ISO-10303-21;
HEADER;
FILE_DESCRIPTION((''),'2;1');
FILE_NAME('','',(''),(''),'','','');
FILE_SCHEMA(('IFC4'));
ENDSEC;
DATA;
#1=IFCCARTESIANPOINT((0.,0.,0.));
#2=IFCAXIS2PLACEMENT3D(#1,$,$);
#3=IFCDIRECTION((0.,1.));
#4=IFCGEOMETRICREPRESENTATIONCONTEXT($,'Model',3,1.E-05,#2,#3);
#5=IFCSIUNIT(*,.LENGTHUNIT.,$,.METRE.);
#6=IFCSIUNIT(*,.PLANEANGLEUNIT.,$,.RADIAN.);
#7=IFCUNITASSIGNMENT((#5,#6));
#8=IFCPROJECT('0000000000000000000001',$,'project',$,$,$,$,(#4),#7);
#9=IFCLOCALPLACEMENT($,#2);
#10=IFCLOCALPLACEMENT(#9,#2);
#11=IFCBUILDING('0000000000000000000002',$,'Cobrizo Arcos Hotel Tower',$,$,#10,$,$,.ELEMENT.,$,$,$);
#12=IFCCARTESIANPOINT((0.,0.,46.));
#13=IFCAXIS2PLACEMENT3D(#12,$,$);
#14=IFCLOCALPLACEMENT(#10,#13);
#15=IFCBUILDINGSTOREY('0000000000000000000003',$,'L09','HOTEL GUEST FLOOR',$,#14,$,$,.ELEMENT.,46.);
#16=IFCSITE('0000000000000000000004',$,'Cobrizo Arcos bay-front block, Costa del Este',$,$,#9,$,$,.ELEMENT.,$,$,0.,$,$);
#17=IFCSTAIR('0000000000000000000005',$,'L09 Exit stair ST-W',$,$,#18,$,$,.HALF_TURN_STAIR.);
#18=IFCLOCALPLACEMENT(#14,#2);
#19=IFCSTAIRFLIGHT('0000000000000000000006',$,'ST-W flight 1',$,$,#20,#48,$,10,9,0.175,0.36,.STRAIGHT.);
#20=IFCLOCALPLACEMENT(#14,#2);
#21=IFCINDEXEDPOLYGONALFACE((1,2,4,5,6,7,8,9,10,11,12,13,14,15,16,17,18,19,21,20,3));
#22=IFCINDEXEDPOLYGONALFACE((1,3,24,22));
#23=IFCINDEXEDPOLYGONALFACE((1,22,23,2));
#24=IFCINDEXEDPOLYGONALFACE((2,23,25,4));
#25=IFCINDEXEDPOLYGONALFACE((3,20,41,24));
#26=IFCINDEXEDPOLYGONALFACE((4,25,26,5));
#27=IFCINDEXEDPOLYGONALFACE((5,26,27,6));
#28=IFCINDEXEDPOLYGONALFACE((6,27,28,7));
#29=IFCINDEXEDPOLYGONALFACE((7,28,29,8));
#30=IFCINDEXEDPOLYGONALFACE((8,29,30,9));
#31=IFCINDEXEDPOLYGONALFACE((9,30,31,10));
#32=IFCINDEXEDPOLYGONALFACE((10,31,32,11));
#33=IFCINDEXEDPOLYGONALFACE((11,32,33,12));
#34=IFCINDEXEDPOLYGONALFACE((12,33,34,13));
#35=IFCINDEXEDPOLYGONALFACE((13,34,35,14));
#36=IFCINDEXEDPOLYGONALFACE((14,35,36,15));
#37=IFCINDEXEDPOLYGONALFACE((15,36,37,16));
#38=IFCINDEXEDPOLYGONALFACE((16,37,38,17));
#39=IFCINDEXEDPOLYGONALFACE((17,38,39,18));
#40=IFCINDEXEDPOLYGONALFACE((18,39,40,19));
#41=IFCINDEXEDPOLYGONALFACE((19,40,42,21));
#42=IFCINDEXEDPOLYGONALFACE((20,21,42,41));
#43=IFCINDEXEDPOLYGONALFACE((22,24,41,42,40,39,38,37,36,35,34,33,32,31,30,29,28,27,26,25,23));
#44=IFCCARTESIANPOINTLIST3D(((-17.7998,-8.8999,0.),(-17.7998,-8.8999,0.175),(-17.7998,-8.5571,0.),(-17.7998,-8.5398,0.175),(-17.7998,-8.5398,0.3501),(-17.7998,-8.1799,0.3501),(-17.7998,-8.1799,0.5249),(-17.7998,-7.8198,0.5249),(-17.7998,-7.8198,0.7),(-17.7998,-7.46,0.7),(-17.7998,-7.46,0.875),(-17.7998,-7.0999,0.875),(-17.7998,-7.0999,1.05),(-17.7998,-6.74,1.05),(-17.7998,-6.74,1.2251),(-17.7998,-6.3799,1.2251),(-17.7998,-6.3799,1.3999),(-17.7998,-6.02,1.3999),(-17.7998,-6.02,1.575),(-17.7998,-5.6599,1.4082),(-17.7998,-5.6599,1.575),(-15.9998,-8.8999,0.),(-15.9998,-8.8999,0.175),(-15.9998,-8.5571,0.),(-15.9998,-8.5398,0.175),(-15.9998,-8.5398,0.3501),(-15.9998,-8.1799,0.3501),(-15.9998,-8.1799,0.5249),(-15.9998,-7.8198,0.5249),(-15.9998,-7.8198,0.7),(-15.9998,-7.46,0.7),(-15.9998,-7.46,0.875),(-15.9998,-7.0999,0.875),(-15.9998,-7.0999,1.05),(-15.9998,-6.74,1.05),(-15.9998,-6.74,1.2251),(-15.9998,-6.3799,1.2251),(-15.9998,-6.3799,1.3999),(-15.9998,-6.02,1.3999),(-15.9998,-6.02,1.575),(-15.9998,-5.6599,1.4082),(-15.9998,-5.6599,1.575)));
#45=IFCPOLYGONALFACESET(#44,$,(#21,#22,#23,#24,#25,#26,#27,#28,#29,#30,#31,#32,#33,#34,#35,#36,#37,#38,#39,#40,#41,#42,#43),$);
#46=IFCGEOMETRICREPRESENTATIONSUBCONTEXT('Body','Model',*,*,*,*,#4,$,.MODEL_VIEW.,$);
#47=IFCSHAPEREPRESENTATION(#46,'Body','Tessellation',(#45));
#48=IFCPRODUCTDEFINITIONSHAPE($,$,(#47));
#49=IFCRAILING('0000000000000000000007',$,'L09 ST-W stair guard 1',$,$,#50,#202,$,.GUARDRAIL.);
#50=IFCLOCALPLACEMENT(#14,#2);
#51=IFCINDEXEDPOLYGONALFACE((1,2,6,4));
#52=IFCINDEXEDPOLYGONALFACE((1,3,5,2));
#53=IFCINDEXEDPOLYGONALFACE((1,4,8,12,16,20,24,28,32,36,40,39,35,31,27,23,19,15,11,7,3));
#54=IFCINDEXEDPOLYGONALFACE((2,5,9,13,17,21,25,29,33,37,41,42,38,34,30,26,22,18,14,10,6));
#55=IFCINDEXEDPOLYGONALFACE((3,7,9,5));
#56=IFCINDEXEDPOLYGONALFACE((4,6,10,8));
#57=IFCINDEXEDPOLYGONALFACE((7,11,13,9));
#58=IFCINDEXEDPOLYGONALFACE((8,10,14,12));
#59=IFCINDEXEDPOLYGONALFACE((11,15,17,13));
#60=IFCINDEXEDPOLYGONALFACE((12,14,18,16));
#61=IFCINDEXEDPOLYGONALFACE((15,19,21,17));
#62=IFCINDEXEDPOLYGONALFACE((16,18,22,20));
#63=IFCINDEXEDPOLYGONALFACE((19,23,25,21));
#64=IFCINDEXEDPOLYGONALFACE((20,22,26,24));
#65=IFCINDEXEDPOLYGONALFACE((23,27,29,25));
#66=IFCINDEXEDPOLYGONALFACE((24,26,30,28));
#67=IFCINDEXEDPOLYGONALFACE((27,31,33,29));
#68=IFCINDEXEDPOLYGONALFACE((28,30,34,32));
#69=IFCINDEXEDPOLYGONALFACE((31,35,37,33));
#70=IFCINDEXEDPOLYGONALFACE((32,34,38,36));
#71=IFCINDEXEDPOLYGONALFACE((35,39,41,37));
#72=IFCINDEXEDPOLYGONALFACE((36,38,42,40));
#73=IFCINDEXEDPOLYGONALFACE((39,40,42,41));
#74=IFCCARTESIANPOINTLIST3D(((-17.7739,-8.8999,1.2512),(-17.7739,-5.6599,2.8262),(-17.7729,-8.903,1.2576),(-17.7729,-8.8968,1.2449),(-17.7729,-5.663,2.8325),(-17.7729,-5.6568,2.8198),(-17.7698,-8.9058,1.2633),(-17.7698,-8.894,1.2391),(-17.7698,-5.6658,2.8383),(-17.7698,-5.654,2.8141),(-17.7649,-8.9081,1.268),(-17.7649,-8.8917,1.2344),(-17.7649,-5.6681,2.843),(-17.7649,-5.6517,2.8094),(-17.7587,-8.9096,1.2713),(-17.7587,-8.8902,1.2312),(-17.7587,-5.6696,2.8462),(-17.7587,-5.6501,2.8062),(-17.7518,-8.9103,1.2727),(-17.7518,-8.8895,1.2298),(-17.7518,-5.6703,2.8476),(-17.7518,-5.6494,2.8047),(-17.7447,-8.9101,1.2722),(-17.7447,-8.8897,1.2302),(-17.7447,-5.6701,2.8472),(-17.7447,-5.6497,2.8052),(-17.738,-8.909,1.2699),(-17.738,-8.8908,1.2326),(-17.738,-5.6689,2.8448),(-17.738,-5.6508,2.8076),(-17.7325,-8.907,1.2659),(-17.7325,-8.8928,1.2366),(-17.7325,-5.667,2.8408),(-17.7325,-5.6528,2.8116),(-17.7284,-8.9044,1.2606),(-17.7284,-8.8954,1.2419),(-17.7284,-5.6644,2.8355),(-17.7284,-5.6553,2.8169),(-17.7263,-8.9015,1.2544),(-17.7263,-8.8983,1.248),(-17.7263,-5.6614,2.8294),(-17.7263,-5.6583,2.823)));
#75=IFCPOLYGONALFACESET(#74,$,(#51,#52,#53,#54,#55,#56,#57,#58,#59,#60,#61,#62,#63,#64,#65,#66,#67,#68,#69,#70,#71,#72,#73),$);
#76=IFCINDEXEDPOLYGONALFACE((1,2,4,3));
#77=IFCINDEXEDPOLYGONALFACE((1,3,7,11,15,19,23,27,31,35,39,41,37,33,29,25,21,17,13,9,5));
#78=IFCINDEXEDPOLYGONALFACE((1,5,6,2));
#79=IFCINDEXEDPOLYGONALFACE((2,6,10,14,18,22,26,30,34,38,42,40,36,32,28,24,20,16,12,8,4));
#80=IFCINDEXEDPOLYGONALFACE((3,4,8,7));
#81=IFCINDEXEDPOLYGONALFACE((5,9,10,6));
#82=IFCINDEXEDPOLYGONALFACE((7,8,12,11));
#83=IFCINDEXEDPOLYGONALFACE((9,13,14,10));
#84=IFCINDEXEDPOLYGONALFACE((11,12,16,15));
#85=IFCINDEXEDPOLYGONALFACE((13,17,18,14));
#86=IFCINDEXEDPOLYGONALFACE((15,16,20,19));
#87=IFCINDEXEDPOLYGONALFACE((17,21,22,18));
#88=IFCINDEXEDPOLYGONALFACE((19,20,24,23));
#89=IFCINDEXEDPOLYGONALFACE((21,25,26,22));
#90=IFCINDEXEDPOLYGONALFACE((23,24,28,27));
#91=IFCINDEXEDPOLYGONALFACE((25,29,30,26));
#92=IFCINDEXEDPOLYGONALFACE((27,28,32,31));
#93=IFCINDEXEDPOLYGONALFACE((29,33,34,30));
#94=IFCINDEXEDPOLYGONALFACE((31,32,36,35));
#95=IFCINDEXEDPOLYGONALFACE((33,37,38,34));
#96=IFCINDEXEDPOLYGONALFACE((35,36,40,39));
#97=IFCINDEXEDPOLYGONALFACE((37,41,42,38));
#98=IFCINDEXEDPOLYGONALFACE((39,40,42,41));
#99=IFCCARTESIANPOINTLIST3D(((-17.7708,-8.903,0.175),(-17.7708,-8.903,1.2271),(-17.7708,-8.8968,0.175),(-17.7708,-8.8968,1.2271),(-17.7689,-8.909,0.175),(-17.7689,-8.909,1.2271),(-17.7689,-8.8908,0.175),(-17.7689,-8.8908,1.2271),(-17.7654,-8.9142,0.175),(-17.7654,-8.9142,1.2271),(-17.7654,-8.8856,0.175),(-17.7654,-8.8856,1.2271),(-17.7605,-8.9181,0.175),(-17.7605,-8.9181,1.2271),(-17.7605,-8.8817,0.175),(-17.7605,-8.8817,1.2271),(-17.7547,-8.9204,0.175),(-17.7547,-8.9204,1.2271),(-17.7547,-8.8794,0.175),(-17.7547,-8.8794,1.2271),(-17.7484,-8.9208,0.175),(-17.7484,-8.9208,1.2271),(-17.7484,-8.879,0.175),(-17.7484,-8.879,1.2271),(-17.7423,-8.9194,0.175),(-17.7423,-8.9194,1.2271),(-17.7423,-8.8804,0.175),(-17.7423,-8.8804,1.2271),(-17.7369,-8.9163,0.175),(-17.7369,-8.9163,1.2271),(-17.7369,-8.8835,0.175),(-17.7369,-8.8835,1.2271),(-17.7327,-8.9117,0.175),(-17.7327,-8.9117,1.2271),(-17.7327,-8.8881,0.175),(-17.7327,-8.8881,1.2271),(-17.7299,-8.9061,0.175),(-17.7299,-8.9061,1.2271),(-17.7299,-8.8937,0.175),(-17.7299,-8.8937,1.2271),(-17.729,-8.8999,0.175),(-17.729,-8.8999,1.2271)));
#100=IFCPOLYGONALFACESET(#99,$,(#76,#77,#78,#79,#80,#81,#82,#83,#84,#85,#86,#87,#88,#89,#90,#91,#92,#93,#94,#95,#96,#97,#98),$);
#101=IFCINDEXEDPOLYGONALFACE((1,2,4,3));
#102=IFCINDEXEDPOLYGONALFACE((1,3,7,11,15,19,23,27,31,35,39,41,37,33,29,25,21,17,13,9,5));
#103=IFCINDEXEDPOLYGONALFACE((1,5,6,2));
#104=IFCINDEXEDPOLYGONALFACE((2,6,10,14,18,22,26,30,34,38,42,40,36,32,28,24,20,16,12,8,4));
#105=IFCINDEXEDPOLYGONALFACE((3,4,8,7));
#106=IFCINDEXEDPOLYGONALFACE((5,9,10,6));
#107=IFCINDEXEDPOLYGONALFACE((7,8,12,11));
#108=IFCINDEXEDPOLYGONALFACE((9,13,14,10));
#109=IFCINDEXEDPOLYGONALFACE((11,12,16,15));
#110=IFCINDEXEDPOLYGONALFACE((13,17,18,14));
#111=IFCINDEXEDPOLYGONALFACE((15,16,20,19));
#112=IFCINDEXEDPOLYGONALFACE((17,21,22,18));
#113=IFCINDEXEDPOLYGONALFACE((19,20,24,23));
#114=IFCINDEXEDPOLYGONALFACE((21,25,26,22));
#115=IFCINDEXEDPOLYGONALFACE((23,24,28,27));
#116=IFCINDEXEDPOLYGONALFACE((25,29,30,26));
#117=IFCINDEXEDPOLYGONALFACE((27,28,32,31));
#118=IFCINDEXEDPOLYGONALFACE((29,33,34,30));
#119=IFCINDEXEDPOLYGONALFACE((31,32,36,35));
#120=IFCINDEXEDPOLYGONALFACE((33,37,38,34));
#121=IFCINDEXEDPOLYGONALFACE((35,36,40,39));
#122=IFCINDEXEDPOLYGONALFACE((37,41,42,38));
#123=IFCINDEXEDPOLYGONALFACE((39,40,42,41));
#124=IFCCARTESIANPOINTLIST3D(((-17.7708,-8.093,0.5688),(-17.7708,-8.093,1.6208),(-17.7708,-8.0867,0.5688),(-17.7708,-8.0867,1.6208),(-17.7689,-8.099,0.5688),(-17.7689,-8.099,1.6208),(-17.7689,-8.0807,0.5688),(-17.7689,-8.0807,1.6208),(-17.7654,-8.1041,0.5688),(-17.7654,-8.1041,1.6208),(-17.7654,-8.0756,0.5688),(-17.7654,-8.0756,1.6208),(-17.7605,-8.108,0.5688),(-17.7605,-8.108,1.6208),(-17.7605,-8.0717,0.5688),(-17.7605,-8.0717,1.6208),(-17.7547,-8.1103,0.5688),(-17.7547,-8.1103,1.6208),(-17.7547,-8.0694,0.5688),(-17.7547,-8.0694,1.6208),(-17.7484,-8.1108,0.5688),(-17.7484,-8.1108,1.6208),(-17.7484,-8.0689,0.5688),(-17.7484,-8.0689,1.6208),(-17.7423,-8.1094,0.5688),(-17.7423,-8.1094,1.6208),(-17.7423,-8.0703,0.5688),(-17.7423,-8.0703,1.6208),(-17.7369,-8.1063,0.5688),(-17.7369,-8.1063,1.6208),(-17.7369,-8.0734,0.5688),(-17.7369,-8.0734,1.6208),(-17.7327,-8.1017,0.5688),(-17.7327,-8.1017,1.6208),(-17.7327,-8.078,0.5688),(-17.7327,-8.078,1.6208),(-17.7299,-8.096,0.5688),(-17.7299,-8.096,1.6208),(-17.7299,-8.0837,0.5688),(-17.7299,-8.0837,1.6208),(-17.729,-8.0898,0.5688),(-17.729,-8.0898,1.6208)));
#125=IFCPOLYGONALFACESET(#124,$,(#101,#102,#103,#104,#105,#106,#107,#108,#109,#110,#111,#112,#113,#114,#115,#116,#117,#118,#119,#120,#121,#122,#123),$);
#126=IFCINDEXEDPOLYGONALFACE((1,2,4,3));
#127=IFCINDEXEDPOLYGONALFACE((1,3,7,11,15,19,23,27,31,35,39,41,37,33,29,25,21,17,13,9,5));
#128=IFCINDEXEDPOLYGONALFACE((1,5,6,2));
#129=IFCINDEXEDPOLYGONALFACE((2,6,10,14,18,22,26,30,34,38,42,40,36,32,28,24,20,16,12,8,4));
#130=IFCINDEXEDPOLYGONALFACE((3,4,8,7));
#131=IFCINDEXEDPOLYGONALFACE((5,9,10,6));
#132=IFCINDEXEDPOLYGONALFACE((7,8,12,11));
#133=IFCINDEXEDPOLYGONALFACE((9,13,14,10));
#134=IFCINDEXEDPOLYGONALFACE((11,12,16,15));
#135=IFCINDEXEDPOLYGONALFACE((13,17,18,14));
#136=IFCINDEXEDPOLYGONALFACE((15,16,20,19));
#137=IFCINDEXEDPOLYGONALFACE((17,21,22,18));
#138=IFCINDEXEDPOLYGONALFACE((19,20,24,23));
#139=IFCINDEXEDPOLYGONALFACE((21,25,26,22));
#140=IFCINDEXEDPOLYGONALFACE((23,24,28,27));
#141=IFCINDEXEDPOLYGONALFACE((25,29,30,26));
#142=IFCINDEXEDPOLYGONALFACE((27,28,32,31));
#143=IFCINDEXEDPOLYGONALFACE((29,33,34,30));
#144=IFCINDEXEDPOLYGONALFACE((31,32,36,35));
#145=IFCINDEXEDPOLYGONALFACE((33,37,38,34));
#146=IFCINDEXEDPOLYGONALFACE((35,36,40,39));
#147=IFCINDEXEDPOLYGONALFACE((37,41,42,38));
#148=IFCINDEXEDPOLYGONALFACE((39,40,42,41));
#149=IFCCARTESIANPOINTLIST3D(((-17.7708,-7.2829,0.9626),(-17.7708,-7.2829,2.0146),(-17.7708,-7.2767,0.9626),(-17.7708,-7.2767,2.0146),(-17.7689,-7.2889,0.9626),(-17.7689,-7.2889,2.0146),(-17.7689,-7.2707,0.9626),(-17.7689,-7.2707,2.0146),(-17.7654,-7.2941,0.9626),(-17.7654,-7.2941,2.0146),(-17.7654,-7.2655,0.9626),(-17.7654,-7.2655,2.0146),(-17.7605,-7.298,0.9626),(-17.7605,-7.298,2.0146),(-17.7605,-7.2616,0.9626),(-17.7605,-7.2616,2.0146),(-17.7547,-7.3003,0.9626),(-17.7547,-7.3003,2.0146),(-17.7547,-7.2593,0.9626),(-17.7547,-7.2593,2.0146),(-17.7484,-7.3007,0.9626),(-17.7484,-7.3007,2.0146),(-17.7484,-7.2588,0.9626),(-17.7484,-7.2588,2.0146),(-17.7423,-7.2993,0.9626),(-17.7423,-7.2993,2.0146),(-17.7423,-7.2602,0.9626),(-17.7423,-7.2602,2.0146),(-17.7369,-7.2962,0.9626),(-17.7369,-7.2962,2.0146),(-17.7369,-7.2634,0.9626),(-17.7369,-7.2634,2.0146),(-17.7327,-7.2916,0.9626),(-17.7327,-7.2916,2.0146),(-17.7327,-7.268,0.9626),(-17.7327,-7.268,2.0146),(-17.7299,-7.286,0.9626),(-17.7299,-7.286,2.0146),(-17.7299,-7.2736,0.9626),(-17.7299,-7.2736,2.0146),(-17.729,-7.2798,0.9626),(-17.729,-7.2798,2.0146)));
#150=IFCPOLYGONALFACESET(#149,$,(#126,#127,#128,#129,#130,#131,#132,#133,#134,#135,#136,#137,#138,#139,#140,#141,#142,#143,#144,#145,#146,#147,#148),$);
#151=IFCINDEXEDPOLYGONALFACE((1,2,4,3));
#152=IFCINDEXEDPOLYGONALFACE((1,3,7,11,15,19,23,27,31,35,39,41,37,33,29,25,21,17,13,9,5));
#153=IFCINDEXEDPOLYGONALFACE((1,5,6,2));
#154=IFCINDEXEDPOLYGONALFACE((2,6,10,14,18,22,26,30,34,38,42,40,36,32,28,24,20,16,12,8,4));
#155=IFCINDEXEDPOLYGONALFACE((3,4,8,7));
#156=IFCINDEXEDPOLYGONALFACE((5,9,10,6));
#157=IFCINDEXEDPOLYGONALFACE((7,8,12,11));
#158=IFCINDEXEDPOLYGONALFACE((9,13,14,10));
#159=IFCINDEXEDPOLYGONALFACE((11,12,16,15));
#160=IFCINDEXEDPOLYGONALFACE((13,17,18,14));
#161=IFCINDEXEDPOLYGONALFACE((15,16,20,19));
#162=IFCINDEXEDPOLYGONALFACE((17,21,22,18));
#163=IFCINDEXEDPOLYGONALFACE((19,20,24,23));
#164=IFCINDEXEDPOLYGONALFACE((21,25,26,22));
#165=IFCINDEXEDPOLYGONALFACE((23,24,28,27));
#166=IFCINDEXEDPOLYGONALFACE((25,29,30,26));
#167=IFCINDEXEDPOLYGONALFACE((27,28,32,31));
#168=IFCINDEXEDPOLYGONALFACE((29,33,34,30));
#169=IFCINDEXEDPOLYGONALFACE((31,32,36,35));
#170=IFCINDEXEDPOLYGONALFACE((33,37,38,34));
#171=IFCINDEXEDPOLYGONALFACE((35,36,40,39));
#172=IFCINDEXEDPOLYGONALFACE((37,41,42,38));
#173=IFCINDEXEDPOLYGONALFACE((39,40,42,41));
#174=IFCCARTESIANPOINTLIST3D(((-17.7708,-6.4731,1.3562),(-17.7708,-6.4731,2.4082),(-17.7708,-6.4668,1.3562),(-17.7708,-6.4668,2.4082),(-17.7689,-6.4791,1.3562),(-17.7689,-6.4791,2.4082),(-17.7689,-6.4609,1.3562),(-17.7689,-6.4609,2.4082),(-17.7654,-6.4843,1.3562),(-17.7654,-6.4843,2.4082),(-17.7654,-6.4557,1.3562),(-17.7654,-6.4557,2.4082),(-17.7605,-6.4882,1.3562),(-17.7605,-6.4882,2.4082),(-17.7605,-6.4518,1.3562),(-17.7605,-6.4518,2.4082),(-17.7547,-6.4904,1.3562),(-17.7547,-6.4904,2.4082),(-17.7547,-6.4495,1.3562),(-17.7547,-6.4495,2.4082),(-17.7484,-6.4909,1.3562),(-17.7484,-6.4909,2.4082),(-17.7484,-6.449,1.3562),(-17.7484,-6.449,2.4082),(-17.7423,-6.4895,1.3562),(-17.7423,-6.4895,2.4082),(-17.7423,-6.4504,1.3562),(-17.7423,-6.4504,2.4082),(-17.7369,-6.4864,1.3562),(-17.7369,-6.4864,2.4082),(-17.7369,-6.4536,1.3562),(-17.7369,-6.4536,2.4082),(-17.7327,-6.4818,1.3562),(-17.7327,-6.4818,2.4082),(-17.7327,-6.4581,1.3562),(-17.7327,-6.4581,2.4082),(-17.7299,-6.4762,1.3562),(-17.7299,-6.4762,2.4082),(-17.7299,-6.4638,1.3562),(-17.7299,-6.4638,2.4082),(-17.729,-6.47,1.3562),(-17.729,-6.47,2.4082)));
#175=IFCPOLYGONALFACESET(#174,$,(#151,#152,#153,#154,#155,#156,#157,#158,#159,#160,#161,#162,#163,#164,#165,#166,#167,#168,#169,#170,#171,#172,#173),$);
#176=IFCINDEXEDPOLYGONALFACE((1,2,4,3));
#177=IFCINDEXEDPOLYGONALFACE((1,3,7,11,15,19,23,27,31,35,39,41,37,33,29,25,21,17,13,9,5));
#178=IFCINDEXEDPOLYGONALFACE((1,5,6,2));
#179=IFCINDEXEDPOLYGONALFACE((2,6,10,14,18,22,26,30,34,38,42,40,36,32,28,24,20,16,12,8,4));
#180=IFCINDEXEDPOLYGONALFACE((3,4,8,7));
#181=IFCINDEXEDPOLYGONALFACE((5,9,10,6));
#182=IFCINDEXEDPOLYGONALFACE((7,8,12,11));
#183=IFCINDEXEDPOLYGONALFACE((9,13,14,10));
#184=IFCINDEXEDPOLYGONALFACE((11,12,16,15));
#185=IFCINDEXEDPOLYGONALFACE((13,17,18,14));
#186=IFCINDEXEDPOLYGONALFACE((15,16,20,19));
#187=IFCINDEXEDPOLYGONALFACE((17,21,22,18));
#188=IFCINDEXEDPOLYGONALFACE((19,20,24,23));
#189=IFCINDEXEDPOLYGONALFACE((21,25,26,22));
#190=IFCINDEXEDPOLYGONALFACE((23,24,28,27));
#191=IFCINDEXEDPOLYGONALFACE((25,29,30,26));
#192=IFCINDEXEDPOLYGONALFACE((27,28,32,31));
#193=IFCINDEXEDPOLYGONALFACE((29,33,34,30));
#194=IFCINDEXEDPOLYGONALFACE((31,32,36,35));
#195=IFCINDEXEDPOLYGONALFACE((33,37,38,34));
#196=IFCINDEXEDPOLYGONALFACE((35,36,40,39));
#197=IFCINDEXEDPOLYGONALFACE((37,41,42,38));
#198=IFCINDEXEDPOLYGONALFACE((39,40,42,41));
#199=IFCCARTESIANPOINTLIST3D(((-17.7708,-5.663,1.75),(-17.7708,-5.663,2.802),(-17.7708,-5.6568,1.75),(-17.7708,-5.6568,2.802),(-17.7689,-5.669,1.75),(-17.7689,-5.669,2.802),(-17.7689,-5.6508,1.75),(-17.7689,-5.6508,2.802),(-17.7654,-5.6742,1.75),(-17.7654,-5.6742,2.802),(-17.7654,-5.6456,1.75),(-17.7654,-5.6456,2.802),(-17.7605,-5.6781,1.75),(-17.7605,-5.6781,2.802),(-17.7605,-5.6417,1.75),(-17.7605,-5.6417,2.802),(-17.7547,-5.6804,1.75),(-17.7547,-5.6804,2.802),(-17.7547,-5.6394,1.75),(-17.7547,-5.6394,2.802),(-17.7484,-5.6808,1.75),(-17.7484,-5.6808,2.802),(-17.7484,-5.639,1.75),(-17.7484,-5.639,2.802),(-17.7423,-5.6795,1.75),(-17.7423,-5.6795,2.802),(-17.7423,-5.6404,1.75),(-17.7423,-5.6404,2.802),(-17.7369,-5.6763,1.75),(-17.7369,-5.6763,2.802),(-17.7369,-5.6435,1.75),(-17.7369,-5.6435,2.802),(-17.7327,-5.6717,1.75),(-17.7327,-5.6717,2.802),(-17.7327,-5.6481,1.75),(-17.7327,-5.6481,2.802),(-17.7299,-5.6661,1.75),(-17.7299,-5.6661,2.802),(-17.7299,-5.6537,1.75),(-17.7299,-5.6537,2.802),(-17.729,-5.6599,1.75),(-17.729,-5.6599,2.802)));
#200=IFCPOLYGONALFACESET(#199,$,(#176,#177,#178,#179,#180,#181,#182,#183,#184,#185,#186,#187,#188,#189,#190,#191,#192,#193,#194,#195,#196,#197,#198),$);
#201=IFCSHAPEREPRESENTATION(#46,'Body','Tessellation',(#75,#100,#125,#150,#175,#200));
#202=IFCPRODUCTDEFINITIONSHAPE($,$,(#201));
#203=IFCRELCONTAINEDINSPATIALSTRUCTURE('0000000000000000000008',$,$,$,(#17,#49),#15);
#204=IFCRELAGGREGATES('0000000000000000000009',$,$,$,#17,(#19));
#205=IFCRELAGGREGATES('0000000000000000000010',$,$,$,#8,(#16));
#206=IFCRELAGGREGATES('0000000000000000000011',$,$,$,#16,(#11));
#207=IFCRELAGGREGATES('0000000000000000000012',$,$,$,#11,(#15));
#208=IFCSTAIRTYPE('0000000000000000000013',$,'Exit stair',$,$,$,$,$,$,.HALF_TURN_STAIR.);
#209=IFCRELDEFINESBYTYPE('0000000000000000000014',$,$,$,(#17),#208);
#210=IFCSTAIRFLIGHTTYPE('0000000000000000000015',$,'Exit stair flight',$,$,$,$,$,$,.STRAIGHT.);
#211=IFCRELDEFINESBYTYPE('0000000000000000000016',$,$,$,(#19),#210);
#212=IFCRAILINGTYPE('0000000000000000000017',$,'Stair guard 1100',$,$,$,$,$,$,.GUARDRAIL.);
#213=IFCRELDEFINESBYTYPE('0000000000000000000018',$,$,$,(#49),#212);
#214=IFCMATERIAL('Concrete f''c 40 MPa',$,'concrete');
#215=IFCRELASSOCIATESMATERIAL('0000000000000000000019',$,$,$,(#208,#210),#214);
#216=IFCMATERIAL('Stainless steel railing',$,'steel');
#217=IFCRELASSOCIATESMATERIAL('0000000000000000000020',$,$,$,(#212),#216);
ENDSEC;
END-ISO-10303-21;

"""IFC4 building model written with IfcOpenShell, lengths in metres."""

from ifc_helpers import new_model, si_unit, direction, frame, origin, origin_2d, place, context, subcontext, project, spatial, polyline, circle, outline, extrude, material, type_object, element, aggregate, save


model = new_model("IFC4")

# Units and contexts
model_context = context("Model", 3, precision=1e-05, world=origin(), true_north=direction((0.0, 1.0)))
body_context = subcontext(model_context, "Body", "Model", "MODEL_VIEW")
ifc_project = project(units=[si_unit("LENGTHUNIT", "METRE"), si_unit("PLANEANGLEUNIT", "RADIAN")], contexts=[model_context])

# Site, building, storey
site_placement = place(None, origin())
site = spatial("IfcSite", under=ifc_project, at=site_placement, Name="Cobrizo Arcos bay-front block, Costa del Este", CompositionType="ELEMENT", RefElevation=0.0)
building_placement = place(site_placement, origin())
building = spatial("IfcBuilding", under=site, at=building_placement, Name="Cobrizo Arcos Hotel Tower", CompositionType="ELEMENT")
storey_placement = place(building_placement, frame((0.0, 0.0, 46.0)))
storey = spatial("IfcBuildingStorey", under=building, at=storey_placement, Name="L09", Description="HOTEL GUEST FLOOR", CompositionType="ELEMENT", Elevation=46.0)

# Stair, stair flight
ifc_material_1 = material(Name="Concrete f'c 40 MPa", Category="concrete")
stair_type = type_object("IfcStairType", Name="Exit stair", PredefinedType="HALF_TURN_STAIR", material=ifc_material_1)
stair_placement = place(storey_placement, origin())
stair = element("IfcStair", 1, at=stair_placement, inside=storey, type_object=stair_type, Name="L09 Exit stair ST-W", PredefinedType="HALF_TURN_STAIR")
stair_flight_type = type_object("IfcStairFlightType", Name="Exit stair flight", PredefinedType="STRAIGHT", material=ifc_material_1)
stair_flight_placement = place(storey_placement, frame((-16.8999, -8.8999, 0.0), z_axis=(0.0, 0.0, 1.0), x_axis=(0.0, 1.0, 0.0)))
stair_flight = element("IfcStairFlight", 2, at=stair_flight_placement, type_object=stair_flight_type, Name="ST-W flight 1", NumberOfRisers=10, NumberOfTreads=9, PredefinedType="STRAIGHT", RiserHeight=0.175, TreadLength=0.36, context=body_context, shape_type="SweptSolid", body=[
    extrude(outline(polyline([(0.0, 0.0), (0.0, 0.175), (0.3601, 0.175), (0.3601, 0.3501), (0.72, 0.3501), (0.72, 0.5249), (1.0801, 0.5249), (1.0801, 0.7), (1.4399, 0.7), (1.4399, 0.875), (1.8, 0.875), (1.8, 1.05), (2.1599, 1.05), (2.1599, 1.2251), (2.52, 1.2251), (2.52, 1.3999), (2.8799, 1.3999), (2.8799, 1.575), (3.24, 1.575), (3.24, 1.75), (3.24, 1.4082), (0.3428, 0.0), (0.0, 0.0)])), frame((0.0, 0.8999, 0.0), z_axis=(0.0, -1.0, 0.0), x_axis=(1.0, 0.0, 0.0)), (0.0, 0.0, 1.0), 1.8),
])
aggregate(stair, [stair_flight])

# Railing
ifc_material_2 = material(Name="Stainless steel railing", Category="steel")
railing_type_1 = type_object("IfcRailingType", Name="Stair guard 1100", PredefinedType="GUARDRAIL", material=ifc_material_2)
railing_1_placement = place(storey_placement, frame((-17.75, -8.8999, 0.175)))
element("IfcRailing", 3, at=railing_1_placement, inside=storey, type_object=railing_type_1, Name="L09 ST-W stair guard 1", PredefinedType="GUARDRAIL", context=body_context, shape_type="SweptSolid", body=[
    extrude(circle(Radius=0.0239, at=origin_2d()), frame((0.0, 0.0, 1.0762), z_axis=(0.0, 0.899373, 0.437183), x_axis=(-1.0, 0.0, 0.0)), (0.0, 0.0, 1.0), 3.6025),
    extrude(circle(Radius=0.021, at=origin_2d()), origin(), (0.0, 0.0, 1.0), 1.052),
    extrude(circle(Radius=0.021, at=origin_2d()), frame((0.0, 0.8101, 0.3938)), (0.0, 0.0, 1.0), 1.052),
    extrude(circle(Radius=0.021, at=origin_2d()), frame((0.0, 1.6201, 0.7876)), (0.0, 0.0, 1.0), 1.052),
    extrude(circle(Radius=0.021, at=origin_2d()), frame((0.0, 2.4299, 1.1812)), (0.0, 0.0, 1.0), 1.052),
    extrude(circle(Radius=0.021, at=origin_2d()), frame((0.0, 3.24, 1.575)), (0.0, 0.0, 1.0), 1.052),
])

save(model, "model.ifc")
